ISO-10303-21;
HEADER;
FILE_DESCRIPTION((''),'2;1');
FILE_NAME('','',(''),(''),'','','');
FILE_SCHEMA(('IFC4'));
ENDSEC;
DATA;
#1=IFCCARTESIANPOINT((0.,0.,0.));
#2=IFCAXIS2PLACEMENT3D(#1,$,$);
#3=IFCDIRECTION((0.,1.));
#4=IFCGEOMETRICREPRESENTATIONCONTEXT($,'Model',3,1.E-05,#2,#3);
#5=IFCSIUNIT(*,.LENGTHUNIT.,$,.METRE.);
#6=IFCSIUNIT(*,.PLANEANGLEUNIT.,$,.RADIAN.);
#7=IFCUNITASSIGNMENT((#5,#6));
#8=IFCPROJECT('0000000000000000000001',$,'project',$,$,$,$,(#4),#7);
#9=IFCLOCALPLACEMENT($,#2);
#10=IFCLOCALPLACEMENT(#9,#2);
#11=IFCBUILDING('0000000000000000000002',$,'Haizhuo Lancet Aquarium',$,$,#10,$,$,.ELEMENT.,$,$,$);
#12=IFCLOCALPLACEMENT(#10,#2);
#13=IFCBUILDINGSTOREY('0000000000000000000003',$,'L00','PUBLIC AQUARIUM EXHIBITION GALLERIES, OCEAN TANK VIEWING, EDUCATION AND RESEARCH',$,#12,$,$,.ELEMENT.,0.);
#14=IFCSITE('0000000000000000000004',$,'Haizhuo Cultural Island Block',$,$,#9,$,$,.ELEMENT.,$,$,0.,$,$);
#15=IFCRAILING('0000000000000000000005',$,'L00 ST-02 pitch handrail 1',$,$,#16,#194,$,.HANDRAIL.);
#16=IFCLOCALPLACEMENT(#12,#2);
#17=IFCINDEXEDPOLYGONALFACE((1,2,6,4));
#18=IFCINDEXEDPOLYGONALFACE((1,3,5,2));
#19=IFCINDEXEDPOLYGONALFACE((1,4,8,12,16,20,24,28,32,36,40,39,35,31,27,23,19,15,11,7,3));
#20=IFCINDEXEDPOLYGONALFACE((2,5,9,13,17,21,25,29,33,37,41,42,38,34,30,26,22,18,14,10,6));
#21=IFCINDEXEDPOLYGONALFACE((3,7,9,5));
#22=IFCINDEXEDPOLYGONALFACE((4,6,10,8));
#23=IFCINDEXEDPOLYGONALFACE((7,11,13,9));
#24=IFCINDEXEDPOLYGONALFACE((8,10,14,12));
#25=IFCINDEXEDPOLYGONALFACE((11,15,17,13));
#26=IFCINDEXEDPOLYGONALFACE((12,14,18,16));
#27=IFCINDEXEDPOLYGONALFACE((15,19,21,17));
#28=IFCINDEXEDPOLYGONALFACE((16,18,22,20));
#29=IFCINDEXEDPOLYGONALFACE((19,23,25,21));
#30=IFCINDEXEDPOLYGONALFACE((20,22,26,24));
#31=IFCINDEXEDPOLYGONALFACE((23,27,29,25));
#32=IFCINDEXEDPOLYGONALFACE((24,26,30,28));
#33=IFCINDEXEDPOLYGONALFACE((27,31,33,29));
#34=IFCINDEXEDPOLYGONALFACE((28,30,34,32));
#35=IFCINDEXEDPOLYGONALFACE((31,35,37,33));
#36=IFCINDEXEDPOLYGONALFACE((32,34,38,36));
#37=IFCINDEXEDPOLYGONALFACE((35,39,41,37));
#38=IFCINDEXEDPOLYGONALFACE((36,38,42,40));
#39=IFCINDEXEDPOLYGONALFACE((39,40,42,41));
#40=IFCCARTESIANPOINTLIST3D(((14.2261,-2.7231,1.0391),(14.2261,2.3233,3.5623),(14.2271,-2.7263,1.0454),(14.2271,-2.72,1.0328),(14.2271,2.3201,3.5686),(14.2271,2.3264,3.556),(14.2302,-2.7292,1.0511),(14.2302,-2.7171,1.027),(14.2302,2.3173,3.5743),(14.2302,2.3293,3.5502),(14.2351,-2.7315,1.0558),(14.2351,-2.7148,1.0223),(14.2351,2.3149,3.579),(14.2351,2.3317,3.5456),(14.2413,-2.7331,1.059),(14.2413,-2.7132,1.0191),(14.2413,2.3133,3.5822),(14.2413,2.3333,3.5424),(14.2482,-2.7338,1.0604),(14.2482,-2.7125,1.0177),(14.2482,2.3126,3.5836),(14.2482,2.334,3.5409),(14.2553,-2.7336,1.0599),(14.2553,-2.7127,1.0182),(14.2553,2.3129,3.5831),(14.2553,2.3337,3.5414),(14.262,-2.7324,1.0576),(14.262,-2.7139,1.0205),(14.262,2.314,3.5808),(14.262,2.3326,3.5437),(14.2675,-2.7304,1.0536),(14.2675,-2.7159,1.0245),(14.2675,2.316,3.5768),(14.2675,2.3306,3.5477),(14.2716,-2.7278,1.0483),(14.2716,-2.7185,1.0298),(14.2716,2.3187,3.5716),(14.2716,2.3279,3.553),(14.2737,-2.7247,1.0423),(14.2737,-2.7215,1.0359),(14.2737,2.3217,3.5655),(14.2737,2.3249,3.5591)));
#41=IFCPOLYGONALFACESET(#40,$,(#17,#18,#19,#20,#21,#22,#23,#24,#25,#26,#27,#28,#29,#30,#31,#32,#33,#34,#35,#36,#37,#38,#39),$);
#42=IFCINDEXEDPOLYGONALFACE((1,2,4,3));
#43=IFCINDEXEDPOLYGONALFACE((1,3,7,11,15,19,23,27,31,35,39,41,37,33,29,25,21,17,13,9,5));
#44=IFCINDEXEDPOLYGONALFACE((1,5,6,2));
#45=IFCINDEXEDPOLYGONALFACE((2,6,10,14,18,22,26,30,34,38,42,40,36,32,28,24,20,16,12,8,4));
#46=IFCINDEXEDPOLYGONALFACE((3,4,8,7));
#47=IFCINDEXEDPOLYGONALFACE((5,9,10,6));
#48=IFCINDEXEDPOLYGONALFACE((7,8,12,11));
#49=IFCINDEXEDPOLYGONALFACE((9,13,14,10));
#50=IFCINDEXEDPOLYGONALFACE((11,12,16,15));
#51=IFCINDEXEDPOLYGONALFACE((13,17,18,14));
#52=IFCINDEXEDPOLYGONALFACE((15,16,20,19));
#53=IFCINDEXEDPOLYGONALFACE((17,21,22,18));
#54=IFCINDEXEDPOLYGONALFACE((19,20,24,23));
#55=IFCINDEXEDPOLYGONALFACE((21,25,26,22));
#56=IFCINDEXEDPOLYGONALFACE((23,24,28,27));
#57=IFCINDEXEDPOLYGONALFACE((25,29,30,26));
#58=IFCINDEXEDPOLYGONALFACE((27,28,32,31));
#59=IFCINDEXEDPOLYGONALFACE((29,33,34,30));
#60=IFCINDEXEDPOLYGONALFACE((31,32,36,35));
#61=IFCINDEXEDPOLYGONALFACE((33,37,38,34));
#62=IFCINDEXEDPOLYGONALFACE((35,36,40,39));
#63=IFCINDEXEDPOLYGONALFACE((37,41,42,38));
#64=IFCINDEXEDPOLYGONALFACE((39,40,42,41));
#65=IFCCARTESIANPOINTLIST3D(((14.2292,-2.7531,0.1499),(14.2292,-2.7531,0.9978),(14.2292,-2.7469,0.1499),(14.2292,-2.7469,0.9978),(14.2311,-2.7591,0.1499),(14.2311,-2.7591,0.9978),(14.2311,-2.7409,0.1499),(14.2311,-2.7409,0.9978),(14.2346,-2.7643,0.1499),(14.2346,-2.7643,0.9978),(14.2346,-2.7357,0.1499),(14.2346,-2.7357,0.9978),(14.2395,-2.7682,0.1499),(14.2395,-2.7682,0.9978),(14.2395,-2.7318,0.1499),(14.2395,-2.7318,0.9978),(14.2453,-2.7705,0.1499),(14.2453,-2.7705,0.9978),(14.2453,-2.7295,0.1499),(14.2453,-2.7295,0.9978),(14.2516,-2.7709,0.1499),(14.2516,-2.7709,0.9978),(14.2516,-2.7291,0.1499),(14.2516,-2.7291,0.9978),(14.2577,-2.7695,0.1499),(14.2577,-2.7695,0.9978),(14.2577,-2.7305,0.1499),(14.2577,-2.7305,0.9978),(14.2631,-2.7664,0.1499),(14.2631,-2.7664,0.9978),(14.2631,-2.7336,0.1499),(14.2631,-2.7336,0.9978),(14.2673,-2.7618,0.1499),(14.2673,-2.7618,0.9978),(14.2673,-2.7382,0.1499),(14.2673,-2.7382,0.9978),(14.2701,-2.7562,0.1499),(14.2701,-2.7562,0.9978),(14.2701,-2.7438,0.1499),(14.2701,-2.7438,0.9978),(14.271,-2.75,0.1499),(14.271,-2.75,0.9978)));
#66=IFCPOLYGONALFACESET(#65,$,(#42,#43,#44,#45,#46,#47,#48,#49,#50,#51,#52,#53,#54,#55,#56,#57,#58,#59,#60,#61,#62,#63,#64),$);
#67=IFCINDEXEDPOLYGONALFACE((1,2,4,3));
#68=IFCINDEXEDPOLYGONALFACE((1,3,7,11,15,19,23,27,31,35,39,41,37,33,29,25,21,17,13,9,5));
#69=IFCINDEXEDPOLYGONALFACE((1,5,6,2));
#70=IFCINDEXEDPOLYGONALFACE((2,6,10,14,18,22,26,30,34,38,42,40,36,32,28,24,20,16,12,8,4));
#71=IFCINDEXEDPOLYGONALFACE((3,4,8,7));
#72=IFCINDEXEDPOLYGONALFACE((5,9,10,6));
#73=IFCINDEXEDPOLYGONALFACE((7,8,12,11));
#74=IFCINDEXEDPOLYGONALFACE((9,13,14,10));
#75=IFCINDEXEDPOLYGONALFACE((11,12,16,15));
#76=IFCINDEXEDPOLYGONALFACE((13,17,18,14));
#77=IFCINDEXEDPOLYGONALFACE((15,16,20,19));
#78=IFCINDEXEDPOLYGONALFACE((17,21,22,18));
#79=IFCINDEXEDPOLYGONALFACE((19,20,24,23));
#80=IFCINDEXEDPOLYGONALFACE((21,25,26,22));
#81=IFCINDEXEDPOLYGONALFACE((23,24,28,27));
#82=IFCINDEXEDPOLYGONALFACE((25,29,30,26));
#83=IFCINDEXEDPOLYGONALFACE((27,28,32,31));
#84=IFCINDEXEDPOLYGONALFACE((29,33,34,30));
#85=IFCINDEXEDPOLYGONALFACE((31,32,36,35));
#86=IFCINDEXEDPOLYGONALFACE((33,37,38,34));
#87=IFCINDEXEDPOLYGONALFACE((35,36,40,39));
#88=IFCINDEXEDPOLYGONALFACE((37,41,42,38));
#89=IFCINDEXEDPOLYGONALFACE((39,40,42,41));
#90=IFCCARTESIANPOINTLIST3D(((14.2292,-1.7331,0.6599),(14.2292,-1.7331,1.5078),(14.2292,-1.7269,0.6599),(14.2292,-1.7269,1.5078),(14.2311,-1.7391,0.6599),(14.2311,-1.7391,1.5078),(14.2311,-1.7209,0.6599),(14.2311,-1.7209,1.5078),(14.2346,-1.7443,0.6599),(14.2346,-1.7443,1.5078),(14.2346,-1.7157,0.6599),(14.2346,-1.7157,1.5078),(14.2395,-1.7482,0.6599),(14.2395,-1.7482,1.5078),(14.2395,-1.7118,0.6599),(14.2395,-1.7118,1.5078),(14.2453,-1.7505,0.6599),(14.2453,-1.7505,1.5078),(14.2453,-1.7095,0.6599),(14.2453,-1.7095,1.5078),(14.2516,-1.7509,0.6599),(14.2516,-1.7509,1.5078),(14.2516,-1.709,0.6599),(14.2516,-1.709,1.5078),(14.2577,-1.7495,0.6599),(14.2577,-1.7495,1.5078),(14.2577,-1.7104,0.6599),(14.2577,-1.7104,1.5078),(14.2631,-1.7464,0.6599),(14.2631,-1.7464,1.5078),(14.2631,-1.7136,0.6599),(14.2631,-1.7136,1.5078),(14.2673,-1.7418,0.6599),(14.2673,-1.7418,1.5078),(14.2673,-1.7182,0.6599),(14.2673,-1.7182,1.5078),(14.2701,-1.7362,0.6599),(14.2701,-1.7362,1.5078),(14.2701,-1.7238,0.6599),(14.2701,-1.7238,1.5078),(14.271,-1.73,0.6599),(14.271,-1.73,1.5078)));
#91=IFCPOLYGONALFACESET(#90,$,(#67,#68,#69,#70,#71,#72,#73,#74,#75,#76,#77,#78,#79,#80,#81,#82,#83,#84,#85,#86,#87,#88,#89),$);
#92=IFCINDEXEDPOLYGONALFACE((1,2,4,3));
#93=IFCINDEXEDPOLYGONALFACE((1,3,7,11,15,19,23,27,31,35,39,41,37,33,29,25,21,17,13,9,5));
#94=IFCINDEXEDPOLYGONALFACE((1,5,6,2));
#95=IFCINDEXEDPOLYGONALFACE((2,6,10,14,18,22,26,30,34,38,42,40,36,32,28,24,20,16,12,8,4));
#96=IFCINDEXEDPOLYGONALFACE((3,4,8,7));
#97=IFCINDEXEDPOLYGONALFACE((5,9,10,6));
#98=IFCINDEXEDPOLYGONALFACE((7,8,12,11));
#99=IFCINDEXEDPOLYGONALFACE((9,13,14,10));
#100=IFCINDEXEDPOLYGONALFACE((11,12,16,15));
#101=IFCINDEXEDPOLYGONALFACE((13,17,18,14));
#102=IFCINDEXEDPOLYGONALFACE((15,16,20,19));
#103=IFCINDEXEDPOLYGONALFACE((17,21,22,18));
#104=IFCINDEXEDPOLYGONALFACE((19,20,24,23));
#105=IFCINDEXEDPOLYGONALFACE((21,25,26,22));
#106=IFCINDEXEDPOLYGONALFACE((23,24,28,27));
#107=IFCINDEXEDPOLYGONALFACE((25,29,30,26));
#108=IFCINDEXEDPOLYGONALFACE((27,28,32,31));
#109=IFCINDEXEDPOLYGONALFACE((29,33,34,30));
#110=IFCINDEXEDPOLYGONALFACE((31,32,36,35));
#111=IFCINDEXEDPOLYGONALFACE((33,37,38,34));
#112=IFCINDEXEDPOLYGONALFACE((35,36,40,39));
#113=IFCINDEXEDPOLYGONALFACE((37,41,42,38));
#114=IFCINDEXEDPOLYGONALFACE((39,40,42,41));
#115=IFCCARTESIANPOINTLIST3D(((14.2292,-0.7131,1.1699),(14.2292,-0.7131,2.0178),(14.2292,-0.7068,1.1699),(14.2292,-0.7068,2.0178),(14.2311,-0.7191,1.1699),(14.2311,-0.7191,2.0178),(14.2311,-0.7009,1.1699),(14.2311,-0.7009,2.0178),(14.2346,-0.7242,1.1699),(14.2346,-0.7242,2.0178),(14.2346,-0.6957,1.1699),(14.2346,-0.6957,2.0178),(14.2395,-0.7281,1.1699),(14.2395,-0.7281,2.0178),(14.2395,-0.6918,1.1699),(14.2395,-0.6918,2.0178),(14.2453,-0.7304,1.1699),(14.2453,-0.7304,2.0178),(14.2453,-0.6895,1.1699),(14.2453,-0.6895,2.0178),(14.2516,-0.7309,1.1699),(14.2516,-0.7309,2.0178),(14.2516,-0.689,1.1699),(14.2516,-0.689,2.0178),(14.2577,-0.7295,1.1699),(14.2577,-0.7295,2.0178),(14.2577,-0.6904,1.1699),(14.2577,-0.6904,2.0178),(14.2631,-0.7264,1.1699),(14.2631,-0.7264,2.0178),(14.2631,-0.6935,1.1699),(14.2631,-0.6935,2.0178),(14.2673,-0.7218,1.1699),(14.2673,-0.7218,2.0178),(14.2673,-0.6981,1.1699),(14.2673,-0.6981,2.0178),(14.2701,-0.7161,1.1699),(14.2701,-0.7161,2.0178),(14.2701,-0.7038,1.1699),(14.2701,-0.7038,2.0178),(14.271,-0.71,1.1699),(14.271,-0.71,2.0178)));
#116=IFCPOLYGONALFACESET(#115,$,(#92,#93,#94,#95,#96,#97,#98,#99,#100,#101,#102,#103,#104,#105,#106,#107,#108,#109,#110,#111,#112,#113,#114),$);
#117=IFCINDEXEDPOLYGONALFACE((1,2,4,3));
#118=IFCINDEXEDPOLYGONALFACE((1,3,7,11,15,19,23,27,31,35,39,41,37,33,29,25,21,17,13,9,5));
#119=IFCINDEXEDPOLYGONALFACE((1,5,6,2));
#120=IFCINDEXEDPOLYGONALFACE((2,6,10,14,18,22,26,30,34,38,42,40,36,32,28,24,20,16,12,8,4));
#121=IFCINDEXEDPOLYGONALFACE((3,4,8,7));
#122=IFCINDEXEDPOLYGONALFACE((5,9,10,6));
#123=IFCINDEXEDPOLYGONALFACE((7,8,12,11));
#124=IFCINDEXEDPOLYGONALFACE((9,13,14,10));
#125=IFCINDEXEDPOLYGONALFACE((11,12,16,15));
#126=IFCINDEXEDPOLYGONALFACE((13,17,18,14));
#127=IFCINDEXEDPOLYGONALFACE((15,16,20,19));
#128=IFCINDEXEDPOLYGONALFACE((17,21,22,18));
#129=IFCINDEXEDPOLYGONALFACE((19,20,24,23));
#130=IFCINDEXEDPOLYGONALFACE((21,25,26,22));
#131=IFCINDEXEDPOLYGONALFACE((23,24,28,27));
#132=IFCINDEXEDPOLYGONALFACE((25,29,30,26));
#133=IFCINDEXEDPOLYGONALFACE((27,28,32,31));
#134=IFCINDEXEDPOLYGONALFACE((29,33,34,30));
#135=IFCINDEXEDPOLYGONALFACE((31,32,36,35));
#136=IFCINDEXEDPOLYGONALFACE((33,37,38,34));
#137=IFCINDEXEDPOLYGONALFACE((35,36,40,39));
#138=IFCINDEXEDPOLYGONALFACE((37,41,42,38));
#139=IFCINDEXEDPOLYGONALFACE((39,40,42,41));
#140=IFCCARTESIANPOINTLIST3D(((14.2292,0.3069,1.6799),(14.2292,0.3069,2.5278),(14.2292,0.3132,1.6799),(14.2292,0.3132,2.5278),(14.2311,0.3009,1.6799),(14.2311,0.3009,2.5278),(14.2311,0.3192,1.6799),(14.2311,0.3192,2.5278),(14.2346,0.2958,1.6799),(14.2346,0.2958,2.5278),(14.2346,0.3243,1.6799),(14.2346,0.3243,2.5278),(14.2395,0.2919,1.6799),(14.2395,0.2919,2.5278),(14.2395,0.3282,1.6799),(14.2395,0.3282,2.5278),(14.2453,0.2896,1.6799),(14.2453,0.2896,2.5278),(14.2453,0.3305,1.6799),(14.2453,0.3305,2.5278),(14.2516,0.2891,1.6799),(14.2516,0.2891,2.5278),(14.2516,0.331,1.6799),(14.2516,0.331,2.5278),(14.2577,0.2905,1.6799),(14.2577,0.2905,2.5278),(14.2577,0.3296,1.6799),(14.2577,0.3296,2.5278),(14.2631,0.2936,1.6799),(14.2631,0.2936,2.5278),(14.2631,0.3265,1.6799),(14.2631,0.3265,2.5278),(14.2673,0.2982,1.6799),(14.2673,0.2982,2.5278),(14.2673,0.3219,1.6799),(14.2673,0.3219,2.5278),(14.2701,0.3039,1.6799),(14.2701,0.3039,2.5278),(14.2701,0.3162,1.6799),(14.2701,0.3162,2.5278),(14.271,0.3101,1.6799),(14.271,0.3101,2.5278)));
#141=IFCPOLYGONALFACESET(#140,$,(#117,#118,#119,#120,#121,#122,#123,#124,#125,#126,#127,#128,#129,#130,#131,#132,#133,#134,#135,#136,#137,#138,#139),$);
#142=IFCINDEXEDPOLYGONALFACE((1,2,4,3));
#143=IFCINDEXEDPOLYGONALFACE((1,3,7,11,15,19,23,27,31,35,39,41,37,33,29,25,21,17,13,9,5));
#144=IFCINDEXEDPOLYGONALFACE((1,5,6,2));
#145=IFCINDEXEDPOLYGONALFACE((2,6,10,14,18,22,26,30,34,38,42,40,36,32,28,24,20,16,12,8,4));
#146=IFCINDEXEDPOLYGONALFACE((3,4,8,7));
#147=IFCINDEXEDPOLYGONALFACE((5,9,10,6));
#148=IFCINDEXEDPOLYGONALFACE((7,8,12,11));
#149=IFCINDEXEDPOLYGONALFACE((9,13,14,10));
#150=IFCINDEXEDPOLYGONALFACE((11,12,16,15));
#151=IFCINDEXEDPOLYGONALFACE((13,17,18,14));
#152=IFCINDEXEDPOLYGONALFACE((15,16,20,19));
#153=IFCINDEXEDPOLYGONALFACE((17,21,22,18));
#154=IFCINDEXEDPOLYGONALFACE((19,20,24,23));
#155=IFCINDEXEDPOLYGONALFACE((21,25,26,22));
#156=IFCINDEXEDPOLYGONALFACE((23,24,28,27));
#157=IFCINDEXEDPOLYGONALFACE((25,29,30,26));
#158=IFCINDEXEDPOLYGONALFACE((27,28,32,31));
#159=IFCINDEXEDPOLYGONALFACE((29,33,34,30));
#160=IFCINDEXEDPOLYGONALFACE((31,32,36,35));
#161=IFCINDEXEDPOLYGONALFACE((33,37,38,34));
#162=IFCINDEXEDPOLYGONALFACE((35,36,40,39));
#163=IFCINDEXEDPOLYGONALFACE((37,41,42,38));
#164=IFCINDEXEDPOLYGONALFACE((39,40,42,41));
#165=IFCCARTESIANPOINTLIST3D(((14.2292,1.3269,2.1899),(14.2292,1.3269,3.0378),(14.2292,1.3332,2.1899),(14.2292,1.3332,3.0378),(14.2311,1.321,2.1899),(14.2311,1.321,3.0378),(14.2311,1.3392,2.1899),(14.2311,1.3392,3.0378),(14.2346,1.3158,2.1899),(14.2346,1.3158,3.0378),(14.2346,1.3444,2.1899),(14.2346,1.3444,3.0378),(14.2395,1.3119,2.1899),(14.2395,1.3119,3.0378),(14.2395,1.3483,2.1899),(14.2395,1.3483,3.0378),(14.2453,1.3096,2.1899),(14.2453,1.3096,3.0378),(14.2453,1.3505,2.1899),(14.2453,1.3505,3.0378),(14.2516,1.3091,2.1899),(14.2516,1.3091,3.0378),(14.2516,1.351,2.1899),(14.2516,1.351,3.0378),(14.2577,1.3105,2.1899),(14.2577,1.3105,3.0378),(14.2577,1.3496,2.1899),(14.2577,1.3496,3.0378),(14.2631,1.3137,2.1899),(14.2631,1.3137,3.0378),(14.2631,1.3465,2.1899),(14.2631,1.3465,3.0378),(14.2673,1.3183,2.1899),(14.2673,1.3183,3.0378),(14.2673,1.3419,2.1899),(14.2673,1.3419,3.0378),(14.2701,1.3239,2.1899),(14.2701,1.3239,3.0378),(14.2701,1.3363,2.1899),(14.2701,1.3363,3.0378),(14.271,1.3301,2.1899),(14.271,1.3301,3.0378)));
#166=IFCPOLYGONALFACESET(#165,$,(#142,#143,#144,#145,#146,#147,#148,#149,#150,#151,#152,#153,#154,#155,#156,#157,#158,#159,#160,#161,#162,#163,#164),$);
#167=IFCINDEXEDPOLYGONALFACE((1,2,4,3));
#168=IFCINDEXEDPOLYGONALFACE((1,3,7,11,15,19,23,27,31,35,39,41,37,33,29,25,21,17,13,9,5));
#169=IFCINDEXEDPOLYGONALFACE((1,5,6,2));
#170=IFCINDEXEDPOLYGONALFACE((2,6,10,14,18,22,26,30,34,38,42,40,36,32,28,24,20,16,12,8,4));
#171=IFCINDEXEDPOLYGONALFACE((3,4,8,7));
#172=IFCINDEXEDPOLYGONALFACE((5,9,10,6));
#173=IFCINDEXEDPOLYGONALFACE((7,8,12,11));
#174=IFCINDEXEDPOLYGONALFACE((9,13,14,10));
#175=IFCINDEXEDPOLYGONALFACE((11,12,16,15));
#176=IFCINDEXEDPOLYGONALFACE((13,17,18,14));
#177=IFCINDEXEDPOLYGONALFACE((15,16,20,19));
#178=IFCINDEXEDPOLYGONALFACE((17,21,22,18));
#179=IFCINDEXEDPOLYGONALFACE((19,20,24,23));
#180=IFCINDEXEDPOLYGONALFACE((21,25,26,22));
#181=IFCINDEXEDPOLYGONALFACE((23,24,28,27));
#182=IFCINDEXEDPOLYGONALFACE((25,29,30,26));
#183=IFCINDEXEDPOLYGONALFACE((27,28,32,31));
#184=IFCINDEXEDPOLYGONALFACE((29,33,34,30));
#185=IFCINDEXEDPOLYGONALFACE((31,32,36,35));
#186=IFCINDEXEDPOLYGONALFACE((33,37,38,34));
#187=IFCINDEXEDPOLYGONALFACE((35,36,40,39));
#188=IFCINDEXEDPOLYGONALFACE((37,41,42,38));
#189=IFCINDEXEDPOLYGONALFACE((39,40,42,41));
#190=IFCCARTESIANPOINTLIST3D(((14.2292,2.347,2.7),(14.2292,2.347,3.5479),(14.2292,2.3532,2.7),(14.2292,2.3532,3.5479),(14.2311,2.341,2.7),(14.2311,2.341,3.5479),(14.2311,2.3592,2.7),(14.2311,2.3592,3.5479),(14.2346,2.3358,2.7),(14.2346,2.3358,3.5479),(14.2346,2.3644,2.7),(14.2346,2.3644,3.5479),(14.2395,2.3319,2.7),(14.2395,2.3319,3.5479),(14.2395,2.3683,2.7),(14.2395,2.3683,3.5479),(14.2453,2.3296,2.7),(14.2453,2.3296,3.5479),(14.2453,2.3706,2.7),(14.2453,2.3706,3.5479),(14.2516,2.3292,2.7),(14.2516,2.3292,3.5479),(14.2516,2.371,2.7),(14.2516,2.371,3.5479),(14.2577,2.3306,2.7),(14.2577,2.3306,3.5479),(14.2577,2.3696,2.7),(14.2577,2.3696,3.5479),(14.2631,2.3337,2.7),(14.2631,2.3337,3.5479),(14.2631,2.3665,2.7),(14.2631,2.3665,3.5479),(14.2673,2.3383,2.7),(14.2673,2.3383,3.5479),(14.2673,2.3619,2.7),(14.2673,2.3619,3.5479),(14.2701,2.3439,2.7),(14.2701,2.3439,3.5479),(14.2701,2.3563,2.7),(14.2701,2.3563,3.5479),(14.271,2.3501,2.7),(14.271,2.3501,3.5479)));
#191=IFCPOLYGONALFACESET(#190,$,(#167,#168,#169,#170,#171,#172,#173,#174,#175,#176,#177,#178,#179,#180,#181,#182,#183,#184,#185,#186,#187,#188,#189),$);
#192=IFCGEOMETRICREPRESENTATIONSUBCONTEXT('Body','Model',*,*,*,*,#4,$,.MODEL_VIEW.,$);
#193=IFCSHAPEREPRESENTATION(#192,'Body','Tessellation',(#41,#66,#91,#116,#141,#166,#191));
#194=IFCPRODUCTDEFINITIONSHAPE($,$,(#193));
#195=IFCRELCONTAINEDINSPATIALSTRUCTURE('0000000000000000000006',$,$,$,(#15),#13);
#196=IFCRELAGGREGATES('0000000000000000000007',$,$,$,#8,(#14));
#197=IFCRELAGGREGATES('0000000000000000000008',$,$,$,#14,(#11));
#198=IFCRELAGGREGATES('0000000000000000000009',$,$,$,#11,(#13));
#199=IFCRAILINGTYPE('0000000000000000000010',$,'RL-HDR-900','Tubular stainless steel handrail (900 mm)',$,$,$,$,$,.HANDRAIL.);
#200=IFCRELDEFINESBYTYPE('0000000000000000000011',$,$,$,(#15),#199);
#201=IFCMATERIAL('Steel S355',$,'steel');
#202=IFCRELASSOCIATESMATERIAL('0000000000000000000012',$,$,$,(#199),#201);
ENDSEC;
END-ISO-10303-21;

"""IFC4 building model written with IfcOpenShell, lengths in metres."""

from ifc_helpers import new_model, si_unit, direction, frame, origin, origin_2d, place, context, subcontext, project, spatial, circle, extrude, material, type_object, element, save


model = new_model("IFC4")

# Units and contexts
model_context = context("Model", 3, precision=1e-05, world=origin(), true_north=direction((0.0, 1.0)))
body_context = subcontext(model_context, "Body", "Model", "MODEL_VIEW")
ifc_project = project(units=[si_unit("LENGTHUNIT", "METRE"), si_unit("PLANEANGLEUNIT", "RADIAN")], contexts=[model_context])

# Site, building, storey
site_placement = place(None, origin())
site = spatial("IfcSite", under=ifc_project, at=site_placement, Name="Haizhuo Cultural Island Block", CompositionType="ELEMENT", RefElevation=0.0)
building_placement = place(site_placement, origin())
building = spatial("IfcBuilding", under=site, at=building_placement, Name="Haizhuo Lancet Aquarium", CompositionType="ELEMENT")
storey_placement = place(building_placement, origin())
storey = spatial("IfcBuildingStorey", under=building, at=storey_placement, Name="L00", Description="PUBLIC AQUARIUM EXHIBITION GALLERIES, OCEAN TANK VIEWING, EDUCATION AND RESEARCH", CompositionType="ELEMENT", Elevation=0.0)

# Shared definitions
ifc_material_1 = material(Name="Steel S355", Category="steel")

# Railing
railing_type_1 = type_object("IfcRailingType", Name="RL-HDR-900", Description="Tubular stainless steel handrail (900 mm)", PredefinedType="HANDRAIL", material=ifc_material_1)
railing_1_placement = place(storey_placement, frame((14.25, -2.75, 0.1499)))
element("IfcRailing", 1, at=railing_1_placement, inside=storey, type_object=railing_type_1, Name="L00 ST-02 pitch handrail 1", PredefinedType="HANDRAIL", context=body_context, shape_type="SweptSolid", body=[
    extrude(circle(Radius=0.0239, at=origin_2d()), frame((0.0, 0.0269, 0.8892), z_axis=(0.0, 0.894427, 0.447214), x_axis=(-1.0, 0.0, 0.0)), (0.0, 0.0, 1.0), 5.6421),
    extrude(circle(Radius=0.021, at=origin_2d()), origin(), (0.0, 0.0, 1.0), 0.8479),
    extrude(circle(Radius=0.021, at=origin_2d()), frame((0.0, 1.02, 0.51)), (0.0, 0.0, 1.0), 0.8479),
    extrude(circle(Radius=0.021, at=origin_2d()), frame((0.0, 2.04, 1.02)), (0.0, 0.0, 1.0), 0.8479),
    extrude(circle(Radius=0.021, at=origin_2d()), frame((0.0, 3.0601, 1.53)), (0.0, 0.0, 1.0), 0.8479),
    extrude(circle(Radius=0.021, at=origin_2d()), frame((0.0, 4.0801, 2.04)), (0.0, 0.0, 1.0), 0.8479),
    extrude(circle(Radius=0.021, at=origin_2d()), frame((0.0, 5.1001, 2.55)), (0.0, 0.0, 1.0), 0.8479),
])

save(model, "model.ifc")
